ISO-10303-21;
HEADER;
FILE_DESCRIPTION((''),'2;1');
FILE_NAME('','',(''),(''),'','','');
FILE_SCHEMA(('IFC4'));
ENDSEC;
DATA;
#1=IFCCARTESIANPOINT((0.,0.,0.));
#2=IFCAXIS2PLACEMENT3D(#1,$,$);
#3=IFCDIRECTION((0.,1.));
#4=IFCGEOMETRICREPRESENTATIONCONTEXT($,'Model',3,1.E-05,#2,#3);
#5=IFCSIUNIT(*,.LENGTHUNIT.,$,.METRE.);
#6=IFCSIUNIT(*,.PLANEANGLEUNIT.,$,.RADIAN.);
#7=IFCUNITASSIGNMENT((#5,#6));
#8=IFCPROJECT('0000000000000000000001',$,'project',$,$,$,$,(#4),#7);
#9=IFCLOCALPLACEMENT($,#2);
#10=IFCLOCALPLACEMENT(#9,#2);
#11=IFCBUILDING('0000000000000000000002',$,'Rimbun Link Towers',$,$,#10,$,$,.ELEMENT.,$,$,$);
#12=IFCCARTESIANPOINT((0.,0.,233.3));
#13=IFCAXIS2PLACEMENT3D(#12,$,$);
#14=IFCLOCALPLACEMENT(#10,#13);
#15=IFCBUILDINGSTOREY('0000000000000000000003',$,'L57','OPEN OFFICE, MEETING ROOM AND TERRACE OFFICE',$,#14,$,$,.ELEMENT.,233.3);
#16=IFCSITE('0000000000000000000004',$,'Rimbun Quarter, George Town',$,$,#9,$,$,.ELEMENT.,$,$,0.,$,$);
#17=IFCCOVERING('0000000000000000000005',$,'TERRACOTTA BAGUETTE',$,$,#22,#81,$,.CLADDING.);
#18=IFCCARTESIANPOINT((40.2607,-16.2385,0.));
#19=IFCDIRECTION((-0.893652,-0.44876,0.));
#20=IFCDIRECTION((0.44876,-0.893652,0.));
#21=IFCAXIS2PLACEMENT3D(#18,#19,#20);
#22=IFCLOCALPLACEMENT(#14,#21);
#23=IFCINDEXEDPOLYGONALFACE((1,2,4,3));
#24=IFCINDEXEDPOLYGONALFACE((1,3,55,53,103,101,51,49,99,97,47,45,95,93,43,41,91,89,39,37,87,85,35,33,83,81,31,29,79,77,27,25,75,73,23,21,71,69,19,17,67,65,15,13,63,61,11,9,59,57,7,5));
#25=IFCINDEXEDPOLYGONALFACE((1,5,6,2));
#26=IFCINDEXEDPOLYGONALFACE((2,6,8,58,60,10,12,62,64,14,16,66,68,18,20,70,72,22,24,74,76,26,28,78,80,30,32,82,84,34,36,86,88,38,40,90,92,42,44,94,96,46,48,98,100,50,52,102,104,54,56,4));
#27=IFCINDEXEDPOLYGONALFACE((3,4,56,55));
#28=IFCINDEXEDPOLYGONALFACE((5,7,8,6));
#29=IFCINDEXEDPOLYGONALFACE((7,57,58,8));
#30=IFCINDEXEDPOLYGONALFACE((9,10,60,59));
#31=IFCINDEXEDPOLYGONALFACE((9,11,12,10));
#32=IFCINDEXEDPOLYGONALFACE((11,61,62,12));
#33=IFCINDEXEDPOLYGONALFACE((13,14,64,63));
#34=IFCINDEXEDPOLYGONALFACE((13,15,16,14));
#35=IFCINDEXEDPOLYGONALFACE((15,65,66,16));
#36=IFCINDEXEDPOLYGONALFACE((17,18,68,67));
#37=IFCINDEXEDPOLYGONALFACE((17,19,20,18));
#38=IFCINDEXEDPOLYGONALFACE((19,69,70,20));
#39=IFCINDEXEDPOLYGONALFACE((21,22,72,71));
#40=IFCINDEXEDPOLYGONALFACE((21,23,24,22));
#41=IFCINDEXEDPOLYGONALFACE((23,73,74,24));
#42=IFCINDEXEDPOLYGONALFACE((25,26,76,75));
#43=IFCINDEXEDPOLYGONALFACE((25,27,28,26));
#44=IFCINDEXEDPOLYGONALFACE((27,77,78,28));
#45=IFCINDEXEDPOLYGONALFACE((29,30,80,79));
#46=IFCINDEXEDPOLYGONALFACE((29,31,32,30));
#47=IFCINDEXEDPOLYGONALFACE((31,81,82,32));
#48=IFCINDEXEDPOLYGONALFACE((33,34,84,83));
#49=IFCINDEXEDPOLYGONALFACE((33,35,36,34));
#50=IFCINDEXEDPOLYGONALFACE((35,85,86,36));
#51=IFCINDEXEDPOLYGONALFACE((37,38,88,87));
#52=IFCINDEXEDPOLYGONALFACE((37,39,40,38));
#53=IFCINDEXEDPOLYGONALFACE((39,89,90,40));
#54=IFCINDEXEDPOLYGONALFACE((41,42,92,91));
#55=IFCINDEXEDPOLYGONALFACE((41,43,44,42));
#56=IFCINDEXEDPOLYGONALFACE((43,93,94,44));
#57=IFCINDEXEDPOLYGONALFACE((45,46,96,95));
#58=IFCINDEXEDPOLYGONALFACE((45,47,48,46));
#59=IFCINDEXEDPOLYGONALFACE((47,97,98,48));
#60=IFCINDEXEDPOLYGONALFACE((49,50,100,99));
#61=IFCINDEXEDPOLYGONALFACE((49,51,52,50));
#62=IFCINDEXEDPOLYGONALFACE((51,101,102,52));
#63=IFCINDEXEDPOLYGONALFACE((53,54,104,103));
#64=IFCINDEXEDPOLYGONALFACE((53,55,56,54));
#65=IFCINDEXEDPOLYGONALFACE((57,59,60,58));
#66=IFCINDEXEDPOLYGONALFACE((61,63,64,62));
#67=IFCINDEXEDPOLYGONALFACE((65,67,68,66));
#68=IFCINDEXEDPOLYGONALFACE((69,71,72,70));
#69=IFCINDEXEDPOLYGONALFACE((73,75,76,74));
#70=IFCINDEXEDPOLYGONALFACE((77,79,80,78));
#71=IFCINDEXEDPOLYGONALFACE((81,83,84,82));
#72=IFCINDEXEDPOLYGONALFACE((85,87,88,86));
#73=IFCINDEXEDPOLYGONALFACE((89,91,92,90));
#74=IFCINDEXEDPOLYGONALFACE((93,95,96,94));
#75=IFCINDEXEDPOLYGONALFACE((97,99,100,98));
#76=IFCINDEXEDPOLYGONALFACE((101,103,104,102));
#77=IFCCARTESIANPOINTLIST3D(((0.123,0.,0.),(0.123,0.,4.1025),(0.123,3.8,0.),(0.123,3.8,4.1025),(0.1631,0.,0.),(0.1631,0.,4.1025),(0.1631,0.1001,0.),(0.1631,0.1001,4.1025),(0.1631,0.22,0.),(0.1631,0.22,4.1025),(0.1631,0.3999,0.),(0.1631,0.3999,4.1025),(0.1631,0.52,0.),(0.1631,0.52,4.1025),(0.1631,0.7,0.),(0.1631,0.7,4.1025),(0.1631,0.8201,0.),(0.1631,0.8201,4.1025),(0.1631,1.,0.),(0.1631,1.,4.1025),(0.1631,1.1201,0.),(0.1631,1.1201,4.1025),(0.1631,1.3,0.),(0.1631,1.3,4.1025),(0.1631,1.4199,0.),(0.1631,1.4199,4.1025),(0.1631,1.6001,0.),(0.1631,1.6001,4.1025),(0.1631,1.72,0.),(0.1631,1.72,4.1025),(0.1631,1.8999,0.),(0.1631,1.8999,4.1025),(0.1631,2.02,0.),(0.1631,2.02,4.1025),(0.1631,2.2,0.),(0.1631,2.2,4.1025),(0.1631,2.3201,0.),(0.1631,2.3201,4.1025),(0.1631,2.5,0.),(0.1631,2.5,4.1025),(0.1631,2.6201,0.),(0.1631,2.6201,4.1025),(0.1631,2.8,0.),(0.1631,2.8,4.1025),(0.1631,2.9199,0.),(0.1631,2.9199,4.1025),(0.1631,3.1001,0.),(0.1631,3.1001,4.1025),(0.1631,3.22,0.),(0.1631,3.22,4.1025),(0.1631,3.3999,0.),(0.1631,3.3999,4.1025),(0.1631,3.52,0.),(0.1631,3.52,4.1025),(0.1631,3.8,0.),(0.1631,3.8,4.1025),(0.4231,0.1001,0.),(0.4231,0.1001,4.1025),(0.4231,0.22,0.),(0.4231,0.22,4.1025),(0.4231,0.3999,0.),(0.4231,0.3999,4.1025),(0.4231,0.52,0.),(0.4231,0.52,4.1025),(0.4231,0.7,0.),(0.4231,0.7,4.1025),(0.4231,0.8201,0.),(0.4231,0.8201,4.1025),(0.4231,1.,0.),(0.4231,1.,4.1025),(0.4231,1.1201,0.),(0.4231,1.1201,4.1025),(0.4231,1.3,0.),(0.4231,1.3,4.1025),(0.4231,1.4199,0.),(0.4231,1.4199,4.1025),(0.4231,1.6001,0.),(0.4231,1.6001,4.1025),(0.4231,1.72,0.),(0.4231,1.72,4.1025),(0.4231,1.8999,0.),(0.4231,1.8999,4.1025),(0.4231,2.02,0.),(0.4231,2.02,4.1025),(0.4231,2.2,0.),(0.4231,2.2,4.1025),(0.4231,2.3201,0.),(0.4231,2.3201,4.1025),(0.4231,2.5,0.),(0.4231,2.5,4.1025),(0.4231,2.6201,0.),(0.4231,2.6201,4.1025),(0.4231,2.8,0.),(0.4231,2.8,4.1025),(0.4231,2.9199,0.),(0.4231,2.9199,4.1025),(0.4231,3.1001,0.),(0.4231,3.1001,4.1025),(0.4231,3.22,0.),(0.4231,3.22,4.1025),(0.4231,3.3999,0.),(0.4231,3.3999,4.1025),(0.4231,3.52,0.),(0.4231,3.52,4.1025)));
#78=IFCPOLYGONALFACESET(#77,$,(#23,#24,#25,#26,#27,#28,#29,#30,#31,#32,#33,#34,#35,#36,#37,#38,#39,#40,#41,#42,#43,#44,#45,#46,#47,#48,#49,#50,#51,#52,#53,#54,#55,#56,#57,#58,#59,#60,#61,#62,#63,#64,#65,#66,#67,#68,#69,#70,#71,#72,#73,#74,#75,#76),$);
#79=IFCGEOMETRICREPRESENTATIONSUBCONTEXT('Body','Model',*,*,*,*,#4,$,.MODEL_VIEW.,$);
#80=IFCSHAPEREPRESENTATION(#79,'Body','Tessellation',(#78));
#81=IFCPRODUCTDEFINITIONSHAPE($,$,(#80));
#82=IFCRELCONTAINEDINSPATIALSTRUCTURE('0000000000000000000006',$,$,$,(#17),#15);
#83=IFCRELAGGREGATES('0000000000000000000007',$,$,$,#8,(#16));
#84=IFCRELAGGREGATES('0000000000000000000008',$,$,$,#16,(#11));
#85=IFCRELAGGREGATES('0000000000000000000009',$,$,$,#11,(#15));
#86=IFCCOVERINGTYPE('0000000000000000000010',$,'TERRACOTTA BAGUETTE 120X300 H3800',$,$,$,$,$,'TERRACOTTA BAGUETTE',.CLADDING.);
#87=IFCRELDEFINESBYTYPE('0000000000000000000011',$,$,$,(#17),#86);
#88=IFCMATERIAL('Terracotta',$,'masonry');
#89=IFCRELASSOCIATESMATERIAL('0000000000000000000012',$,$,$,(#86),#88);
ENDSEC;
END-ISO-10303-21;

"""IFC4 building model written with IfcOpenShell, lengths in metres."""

from ifc_helpers import new_model, si_unit, direction, frame, origin, place, context, subcontext, project, spatial, polyline, outline, extrude, material, material_profile, profile_set, type_object, element, save


model = new_model("IFC4")

# Units and contexts
model_context = context("Model", 3, precision=1e-05, world=origin(), true_north=direction((0.0, 1.0)))
body_context = subcontext(model_context, "Body", "Model", "MODEL_VIEW")
ifc_project = project(units=[si_unit("LENGTHUNIT", "METRE"), si_unit("PLANEANGLEUNIT", "RADIAN")], contexts=[model_context])

# Site, building, storey
site_placement = place(None, origin())
site = spatial("IfcSite", under=ifc_project, at=site_placement, Name="Rimbun Quarter, George Town", CompositionType="ELEMENT", RefElevation=0.0)
building_placement = place(site_placement, origin())
building = spatial("IfcBuilding", under=site, at=building_placement, Name="Rimbun Link Towers", CompositionType="ELEMENT")
storey_placement = place(building_placement, frame((0.0, 0.0, 233.3)))
storey = spatial("IfcBuildingStorey", under=building, at=storey_placement, Name="L57", Description="OPEN OFFICE, MEETING ROOM AND TERRACE OFFICE", CompositionType="ELEMENT", Elevation=233.3)

# Covering
ifc_material_1 = material(Name="Terracotta", Category="masonry")
ifc_material_profile_1 = material_profile(ifc_material_1, outline(polyline([(0.123, 0.0), (0.1631, 0.0), (0.1631, 0.1001), (0.4231, 0.1001), (0.4231, 0.22), (0.1631, 0.22), (0.1631, 0.3999), (0.4231, 0.3999), (0.4231, 0.52), (0.1631, 0.52), (0.1631, 0.7), (0.4231, 0.7), (0.4231, 0.8201), (0.1631, 0.8201), (0.1631, 1.0), (0.4231, 1.0), (0.4231, 1.1201), (0.1631, 1.1201), (0.1631, 1.3), (0.4231, 1.3), (0.4231, 1.4199), (0.1631, 1.4199), (0.1631, 1.6001), (0.4231, 1.6001), (0.4231, 1.72), (0.1631, 1.72), (0.1631, 1.8999), (0.4231, 1.8999), (0.4231, 2.02), (0.1631, 2.02), (0.1631, 2.2), (0.4231, 2.2), (0.4231, 2.3201), (0.1631, 2.3201), (0.1631, 2.5), (0.4231, 2.5), (0.4231, 2.6201), (0.1631, 2.6201), (0.1631, 2.8), (0.4231, 2.8), (0.4231, 2.9199), (0.1631, 2.9199), (0.1631, 3.1001), (0.4231, 3.1001), (0.4231, 3.22), (0.1631, 3.22), (0.1631, 3.3999), (0.4231, 3.3999), (0.4231, 3.52), (0.1631, 3.52), (0.1631, 3.8), (0.123, 3.8), (0.123, 0.0)])), Name="BAGUETTE 120X300")
ifc_profile_set_1 = profile_set([ifc_material_profile_1], Name="Terracotta")
covering_type = type_object("IfcCoveringType", Name="TERRACOTTA BAGUETTE 120X300 H3800", ElementType="TERRACOTTA BAGUETTE", PredefinedType="CLADDING", material=ifc_profile_set_1)
covering_placement = place(storey_placement, frame((40.2607, -16.2385, 0.0), z_axis=(-0.893652, -0.44876, 0.0), x_axis=(0.44876, -0.893652, 0.0)))
element("IfcCovering", 1, at=covering_placement, inside=storey, type_object=covering_type, Name="TERRACOTTA BAGUETTE", PredefinedType="CLADDING", context=body_context, shape_type="SweptSolid", body=[
    extrude(outline(polyline([(0.123, 0.0), (0.1631, 0.0), (0.1631, 0.1001), (0.4231, 0.1001), (0.4231, 0.22), (0.1631, 0.22), (0.1631, 0.3999), (0.4231, 0.3999), (0.4231, 0.52), (0.1631, 0.52), (0.1631, 0.7), (0.4231, 0.7), (0.4231, 0.8201), (0.1631, 0.8201), (0.1631, 1.0), (0.4231, 1.0), (0.4231, 1.1201), (0.1631, 1.1201), (0.1631, 1.3), (0.4231, 1.3), (0.4231, 1.4199), (0.1631, 1.4199), (0.1631, 1.6001), (0.4231, 1.6001), (0.4231, 1.72), (0.1631, 1.72), (0.1631, 1.8999), (0.4231, 1.8999), (0.4231, 2.02), (0.1631, 2.02), (0.1631, 2.2), (0.4231, 2.2), (0.4231, 2.3201), (0.1631, 2.3201), (0.1631, 2.5), (0.4231, 2.5), (0.4231, 2.6201), (0.1631, 2.6201), (0.1631, 2.8), (0.4231, 2.8), (0.4231, 2.9199), (0.1631, 2.9199), (0.1631, 3.1001), (0.4231, 3.1001), (0.4231, 3.22), (0.1631, 3.22), (0.1631, 3.3999), (0.4231, 3.3999), (0.4231, 3.52), (0.1631, 3.52), (0.1631, 3.8), (0.123, 3.8), (0.123, 0.0)])), origin(), (0.0, 0.0, 1.0), 4.1025),
])

save(model, "model.ifc")
